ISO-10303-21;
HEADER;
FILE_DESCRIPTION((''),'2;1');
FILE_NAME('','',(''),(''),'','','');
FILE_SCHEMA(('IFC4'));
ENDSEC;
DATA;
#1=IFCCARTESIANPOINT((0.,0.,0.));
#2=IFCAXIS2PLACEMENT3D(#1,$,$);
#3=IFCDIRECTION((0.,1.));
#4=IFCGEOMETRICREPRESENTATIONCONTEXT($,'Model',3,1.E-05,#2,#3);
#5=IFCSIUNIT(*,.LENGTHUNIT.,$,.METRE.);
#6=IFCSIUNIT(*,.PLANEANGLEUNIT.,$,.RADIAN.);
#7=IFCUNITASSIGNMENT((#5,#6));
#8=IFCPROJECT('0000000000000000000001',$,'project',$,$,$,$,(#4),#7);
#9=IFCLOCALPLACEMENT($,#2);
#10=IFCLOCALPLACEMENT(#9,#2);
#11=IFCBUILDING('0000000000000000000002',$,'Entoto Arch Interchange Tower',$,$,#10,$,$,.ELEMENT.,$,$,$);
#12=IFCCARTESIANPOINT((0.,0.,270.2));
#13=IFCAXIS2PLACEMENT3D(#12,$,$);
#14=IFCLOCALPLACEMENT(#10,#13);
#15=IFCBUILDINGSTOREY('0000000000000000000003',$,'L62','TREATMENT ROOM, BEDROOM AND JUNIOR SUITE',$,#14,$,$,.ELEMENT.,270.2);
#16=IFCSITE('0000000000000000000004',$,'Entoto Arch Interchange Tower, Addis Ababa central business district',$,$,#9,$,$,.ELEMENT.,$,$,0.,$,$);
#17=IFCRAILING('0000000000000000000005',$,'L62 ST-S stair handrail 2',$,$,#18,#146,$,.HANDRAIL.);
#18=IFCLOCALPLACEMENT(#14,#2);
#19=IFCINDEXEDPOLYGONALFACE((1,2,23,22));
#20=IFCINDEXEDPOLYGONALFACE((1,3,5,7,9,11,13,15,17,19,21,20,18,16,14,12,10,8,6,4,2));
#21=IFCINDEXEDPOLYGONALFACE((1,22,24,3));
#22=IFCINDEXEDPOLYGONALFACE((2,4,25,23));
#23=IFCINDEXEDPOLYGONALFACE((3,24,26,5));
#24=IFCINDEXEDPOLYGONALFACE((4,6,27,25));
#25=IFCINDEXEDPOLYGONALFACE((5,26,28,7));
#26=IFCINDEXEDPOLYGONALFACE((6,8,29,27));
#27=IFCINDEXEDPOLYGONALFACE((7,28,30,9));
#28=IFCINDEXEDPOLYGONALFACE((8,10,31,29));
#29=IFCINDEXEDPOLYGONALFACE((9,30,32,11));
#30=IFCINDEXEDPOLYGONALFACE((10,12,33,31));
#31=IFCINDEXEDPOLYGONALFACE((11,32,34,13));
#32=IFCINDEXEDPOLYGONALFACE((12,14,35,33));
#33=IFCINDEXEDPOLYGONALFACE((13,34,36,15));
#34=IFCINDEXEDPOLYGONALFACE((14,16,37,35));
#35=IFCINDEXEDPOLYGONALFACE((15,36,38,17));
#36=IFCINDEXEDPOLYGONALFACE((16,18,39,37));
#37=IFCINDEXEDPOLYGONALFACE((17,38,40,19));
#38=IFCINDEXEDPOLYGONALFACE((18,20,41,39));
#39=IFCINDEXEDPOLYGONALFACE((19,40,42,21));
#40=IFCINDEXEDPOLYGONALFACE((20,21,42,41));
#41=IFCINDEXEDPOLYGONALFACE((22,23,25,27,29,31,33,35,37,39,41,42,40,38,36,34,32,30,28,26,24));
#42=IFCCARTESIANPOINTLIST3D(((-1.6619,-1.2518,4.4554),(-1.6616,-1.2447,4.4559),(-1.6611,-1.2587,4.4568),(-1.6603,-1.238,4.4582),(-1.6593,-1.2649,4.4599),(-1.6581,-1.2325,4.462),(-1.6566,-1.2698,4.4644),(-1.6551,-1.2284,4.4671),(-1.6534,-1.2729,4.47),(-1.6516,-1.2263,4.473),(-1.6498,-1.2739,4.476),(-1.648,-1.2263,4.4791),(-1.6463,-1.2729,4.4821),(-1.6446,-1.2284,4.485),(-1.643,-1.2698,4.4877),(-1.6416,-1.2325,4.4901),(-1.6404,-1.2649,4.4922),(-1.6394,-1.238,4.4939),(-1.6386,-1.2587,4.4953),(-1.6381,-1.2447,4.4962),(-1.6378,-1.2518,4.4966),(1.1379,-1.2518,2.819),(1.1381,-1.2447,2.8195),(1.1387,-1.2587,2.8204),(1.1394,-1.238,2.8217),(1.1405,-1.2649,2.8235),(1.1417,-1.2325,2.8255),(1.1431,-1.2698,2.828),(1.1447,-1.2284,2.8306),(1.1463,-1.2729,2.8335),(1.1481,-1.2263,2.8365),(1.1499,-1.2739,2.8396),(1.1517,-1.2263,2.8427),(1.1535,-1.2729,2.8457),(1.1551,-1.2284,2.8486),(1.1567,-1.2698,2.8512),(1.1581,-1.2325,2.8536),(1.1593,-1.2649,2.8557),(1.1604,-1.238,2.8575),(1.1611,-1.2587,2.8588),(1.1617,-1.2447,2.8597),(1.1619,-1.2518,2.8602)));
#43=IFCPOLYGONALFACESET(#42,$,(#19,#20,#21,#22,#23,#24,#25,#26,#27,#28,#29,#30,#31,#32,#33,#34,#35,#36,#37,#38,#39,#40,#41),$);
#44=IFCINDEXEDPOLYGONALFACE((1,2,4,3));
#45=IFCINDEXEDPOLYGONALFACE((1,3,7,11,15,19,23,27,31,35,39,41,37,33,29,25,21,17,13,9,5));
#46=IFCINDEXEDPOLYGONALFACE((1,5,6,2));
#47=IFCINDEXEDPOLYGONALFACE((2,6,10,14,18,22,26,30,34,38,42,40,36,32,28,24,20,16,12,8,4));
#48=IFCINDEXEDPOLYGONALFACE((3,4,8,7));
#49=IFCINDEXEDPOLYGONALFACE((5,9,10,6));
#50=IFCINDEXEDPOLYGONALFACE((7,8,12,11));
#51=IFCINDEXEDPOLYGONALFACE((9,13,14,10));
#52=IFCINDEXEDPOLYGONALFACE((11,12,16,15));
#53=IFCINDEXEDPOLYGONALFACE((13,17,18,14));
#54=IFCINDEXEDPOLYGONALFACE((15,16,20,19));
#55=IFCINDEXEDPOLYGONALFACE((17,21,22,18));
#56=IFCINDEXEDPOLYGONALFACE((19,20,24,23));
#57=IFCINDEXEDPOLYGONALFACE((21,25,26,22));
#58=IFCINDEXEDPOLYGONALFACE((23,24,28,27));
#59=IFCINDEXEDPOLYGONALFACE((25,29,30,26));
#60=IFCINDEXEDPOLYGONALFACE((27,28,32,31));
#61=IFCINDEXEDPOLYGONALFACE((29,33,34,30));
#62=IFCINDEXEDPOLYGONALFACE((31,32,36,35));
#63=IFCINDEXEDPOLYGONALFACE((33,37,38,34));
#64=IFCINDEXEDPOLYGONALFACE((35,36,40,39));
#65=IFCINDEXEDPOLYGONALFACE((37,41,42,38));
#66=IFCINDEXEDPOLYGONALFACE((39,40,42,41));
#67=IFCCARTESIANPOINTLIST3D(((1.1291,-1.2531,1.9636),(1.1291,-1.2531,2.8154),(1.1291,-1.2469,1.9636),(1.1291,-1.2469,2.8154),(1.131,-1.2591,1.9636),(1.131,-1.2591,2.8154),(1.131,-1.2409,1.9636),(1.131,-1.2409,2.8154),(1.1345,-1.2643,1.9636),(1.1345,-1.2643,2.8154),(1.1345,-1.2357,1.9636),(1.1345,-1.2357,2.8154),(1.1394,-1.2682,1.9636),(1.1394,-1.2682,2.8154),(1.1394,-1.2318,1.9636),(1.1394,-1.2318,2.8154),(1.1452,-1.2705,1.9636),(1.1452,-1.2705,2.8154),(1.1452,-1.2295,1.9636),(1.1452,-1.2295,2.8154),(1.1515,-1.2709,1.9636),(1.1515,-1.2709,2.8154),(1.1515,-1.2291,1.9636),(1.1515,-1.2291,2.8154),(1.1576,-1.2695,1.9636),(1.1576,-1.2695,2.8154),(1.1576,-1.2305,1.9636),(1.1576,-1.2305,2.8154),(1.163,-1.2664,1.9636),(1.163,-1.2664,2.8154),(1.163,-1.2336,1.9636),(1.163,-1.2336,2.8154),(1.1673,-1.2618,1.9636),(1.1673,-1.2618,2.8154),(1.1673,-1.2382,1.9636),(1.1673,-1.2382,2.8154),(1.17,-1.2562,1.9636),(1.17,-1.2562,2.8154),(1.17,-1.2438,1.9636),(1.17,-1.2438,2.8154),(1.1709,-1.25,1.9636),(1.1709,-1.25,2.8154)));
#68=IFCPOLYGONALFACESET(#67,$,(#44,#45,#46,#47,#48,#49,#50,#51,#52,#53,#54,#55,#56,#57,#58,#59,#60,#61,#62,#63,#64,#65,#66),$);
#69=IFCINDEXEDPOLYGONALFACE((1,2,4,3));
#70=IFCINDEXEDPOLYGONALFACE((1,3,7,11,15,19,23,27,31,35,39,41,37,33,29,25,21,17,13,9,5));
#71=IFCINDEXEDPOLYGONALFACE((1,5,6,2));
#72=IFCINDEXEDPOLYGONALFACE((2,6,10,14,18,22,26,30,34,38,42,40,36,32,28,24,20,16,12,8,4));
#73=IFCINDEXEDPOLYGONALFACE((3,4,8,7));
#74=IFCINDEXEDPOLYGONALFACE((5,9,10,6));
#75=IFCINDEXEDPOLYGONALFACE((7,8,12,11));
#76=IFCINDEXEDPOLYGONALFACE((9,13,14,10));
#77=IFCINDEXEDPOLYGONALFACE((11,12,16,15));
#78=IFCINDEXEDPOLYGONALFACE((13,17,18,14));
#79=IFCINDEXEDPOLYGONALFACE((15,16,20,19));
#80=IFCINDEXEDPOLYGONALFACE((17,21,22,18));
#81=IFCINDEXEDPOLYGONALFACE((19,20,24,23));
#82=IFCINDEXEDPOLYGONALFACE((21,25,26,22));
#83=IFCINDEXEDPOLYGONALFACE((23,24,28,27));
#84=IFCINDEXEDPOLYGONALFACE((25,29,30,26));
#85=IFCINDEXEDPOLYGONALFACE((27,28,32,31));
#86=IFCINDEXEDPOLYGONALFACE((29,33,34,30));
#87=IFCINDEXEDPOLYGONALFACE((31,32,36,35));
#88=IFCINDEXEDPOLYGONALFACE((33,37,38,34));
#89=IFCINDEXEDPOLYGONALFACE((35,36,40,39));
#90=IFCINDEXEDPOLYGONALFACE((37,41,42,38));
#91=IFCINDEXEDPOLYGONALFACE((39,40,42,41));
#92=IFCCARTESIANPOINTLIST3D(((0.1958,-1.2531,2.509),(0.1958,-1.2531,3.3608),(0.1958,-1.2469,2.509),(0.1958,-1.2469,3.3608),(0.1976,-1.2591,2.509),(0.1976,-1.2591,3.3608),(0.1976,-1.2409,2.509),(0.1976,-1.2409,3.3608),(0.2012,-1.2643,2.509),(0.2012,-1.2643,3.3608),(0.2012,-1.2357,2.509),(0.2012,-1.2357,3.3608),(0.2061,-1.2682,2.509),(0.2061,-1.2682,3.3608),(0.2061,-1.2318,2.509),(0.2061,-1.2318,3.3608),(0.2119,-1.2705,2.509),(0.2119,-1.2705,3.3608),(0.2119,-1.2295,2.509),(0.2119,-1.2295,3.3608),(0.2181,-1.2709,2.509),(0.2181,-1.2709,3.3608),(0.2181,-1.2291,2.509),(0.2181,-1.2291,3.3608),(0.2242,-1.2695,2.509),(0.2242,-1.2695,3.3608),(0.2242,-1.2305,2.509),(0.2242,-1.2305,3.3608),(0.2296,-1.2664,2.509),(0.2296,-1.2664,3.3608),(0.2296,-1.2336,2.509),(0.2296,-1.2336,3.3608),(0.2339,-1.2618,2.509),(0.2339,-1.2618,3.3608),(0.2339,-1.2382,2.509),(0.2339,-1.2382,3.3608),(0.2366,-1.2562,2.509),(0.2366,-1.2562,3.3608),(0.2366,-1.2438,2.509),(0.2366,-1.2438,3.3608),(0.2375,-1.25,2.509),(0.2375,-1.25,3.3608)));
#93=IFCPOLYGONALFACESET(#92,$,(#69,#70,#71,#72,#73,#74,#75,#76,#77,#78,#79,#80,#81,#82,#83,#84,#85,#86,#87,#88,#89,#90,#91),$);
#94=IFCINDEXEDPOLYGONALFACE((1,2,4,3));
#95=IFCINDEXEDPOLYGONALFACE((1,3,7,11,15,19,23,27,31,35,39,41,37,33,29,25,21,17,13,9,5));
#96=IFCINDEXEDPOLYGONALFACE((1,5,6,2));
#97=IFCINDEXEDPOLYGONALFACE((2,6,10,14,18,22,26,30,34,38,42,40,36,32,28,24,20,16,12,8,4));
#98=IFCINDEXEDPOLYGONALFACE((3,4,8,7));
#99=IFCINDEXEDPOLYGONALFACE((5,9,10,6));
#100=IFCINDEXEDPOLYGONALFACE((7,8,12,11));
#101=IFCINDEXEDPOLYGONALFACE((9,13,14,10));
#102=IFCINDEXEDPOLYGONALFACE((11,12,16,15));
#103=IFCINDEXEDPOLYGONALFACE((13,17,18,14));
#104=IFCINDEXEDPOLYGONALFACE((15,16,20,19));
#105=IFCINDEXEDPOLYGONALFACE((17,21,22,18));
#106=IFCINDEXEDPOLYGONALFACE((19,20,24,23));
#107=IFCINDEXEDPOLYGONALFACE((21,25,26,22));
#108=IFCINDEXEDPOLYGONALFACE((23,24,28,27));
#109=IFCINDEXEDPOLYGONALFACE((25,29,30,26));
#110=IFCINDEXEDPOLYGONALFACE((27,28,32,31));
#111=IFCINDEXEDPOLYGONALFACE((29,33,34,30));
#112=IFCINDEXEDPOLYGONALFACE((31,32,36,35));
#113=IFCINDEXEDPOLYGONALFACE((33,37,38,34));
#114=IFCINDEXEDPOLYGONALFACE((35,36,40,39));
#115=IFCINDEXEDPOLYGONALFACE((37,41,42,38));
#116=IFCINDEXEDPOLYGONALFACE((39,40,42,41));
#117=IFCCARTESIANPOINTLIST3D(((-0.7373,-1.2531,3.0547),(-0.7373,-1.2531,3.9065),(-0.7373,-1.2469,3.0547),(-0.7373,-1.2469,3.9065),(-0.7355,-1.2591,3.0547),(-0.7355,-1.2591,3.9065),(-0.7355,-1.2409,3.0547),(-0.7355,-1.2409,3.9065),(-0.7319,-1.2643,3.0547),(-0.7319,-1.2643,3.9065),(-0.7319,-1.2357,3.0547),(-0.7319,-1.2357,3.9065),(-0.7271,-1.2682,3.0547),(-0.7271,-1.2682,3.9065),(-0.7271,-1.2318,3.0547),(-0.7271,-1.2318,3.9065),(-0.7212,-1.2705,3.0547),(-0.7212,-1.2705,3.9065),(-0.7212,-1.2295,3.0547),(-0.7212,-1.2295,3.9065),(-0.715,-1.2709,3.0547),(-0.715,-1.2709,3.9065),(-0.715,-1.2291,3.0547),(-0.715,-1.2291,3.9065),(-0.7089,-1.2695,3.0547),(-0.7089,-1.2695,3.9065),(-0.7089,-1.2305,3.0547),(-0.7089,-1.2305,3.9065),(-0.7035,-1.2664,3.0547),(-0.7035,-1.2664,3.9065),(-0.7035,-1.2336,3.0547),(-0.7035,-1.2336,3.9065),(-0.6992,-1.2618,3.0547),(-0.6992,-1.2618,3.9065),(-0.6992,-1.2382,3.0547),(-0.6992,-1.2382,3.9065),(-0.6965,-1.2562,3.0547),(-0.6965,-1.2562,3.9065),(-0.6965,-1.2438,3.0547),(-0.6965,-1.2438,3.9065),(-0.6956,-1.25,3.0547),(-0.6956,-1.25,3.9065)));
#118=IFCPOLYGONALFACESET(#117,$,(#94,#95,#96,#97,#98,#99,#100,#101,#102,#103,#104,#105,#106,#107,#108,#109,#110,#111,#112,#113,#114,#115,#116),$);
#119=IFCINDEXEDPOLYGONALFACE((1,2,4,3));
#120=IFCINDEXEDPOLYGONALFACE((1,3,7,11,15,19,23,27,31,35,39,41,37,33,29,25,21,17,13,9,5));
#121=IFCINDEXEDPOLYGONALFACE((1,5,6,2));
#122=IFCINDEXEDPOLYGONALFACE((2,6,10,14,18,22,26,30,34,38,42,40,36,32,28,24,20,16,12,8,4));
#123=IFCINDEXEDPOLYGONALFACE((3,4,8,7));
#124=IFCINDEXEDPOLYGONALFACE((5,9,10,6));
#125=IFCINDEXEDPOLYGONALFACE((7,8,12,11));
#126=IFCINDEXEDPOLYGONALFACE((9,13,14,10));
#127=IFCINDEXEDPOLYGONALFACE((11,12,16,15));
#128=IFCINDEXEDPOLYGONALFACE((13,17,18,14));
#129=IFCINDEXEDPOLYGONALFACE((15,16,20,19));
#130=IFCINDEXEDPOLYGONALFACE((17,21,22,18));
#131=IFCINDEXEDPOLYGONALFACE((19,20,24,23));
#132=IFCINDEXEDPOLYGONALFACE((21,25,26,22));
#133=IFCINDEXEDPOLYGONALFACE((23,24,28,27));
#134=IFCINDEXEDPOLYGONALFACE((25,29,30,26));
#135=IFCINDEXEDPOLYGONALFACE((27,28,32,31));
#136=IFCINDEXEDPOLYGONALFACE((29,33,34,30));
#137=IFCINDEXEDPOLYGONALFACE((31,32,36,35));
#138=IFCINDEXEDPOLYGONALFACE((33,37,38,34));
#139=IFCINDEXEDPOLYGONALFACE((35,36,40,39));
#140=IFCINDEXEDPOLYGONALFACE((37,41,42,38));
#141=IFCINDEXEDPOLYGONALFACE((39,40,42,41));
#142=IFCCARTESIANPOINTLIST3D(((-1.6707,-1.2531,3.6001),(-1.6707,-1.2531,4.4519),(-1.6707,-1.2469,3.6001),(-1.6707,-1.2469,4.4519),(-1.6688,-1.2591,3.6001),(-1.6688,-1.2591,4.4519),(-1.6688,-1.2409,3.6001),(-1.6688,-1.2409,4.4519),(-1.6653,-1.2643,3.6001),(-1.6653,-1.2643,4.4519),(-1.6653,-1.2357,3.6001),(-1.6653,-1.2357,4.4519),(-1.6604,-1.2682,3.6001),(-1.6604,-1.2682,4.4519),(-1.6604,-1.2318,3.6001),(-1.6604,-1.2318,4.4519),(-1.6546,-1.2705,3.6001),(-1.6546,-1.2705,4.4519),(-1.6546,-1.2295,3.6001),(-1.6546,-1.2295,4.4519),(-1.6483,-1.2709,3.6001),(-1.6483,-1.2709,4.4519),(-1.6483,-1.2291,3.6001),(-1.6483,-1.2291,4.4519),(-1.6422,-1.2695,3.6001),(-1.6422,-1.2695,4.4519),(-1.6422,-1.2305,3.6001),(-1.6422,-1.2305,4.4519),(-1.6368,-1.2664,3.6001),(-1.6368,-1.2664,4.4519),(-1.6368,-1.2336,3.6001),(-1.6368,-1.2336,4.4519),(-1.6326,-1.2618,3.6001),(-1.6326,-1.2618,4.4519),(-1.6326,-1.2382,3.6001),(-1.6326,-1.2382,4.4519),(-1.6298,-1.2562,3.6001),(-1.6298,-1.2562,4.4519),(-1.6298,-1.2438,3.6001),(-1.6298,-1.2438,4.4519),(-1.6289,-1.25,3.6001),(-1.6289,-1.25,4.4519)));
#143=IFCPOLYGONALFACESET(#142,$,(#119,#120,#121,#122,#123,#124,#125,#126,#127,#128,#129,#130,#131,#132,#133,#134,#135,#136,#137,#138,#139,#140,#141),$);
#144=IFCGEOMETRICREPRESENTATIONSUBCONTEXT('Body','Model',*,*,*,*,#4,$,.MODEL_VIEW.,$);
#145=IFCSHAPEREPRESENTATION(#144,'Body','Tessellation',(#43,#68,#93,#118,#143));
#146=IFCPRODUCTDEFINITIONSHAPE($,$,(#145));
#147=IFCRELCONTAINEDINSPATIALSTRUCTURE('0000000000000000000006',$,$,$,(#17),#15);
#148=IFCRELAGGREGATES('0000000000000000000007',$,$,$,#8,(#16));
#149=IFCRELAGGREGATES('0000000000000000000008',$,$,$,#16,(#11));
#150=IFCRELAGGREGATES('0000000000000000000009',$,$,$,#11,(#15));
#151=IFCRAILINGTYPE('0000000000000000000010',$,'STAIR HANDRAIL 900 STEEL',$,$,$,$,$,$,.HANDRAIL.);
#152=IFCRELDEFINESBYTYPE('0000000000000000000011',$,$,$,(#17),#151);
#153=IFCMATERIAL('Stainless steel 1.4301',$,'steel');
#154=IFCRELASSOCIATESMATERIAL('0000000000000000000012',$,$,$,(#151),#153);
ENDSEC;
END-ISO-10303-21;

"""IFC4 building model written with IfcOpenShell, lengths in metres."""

from ifc_helpers import new_model, si_unit, direction, frame, origin, origin_2d, place, context, subcontext, project, spatial, circle, extrude, material, type_object, element, save


model = new_model("IFC4")

# Units and contexts
model_context = context("Model", 3, precision=1e-05, world=origin(), true_north=direction((0.0, 1.0)))
body_context = subcontext(model_context, "Body", "Model", "MODEL_VIEW")
ifc_project = project(units=[si_unit("LENGTHUNIT", "METRE"), si_unit("PLANEANGLEUNIT", "RADIAN")], contexts=[model_context])

# Site, building, storey
site_placement = place(None, origin())
site = spatial("IfcSite", under=ifc_project, at=site_placement, Name="Entoto Arch Interchange Tower, Addis Ababa central business district", CompositionType="ELEMENT", RefElevation=0.0)
building_placement = place(site_placement, origin())
building = spatial("IfcBuilding", under=site, at=building_placement, Name="Entoto Arch Interchange Tower", CompositionType="ELEMENT")
storey_placement = place(building_placement, frame((0.0, 0.0, 270.2)))
storey = spatial("IfcBuildingStorey", under=building, at=storey_placement, Name="L62", Description="TREATMENT ROOM, BEDROOM AND JUNIOR SUITE", CompositionType="ELEMENT", Elevation=270.2)

# Railing
ifc_material_1 = material(Name="Stainless steel 1.4301", Category="steel")
railing_type_1 = type_object("IfcRailingType", Name="STAIR HANDRAIL 900 STEEL", PredefinedType="HANDRAIL", material=ifc_material_1)
railing_1_placement = place(storey_placement, frame((1.1499, -1.25, 1.9636)))
element("IfcRailing", 1, at=railing_1_placement, inside=storey, type_object=railing_type_1, Name="L62 ST-S stair handrail 2", PredefinedType="HANDRAIL", context=body_context, shape_type="SweptSolid", body=[
    extrude(circle(Radius=0.0239, at=origin_2d()), frame((0.0, 0.0, 0.876), z_axis=(-0.863342, 0.0, 0.50462), x_axis=(0.0, -1.0, 0.0)), (0.0, 0.0, 1.0), 3.2429),
    extrude(circle(Radius=0.021, at=origin_2d()), origin(), (0.0, 0.0, 1.0), 0.8518),
    extrude(circle(Radius=0.021, at=origin_2d()), frame((-0.9333, 0.0, 0.5454)), (0.0, 0.0, 1.0), 0.8518),
    extrude(circle(Radius=0.021, at=origin_2d()), frame((-1.8665, 0.0, 1.0911)), (0.0, 0.0, 1.0), 0.8518),
    extrude(circle(Radius=0.021, at=origin_2d()), frame((-2.7998, 0.0, 1.6365)), (0.0, 0.0, 1.0), 0.8518),
])

save(model, "model.ifc")
